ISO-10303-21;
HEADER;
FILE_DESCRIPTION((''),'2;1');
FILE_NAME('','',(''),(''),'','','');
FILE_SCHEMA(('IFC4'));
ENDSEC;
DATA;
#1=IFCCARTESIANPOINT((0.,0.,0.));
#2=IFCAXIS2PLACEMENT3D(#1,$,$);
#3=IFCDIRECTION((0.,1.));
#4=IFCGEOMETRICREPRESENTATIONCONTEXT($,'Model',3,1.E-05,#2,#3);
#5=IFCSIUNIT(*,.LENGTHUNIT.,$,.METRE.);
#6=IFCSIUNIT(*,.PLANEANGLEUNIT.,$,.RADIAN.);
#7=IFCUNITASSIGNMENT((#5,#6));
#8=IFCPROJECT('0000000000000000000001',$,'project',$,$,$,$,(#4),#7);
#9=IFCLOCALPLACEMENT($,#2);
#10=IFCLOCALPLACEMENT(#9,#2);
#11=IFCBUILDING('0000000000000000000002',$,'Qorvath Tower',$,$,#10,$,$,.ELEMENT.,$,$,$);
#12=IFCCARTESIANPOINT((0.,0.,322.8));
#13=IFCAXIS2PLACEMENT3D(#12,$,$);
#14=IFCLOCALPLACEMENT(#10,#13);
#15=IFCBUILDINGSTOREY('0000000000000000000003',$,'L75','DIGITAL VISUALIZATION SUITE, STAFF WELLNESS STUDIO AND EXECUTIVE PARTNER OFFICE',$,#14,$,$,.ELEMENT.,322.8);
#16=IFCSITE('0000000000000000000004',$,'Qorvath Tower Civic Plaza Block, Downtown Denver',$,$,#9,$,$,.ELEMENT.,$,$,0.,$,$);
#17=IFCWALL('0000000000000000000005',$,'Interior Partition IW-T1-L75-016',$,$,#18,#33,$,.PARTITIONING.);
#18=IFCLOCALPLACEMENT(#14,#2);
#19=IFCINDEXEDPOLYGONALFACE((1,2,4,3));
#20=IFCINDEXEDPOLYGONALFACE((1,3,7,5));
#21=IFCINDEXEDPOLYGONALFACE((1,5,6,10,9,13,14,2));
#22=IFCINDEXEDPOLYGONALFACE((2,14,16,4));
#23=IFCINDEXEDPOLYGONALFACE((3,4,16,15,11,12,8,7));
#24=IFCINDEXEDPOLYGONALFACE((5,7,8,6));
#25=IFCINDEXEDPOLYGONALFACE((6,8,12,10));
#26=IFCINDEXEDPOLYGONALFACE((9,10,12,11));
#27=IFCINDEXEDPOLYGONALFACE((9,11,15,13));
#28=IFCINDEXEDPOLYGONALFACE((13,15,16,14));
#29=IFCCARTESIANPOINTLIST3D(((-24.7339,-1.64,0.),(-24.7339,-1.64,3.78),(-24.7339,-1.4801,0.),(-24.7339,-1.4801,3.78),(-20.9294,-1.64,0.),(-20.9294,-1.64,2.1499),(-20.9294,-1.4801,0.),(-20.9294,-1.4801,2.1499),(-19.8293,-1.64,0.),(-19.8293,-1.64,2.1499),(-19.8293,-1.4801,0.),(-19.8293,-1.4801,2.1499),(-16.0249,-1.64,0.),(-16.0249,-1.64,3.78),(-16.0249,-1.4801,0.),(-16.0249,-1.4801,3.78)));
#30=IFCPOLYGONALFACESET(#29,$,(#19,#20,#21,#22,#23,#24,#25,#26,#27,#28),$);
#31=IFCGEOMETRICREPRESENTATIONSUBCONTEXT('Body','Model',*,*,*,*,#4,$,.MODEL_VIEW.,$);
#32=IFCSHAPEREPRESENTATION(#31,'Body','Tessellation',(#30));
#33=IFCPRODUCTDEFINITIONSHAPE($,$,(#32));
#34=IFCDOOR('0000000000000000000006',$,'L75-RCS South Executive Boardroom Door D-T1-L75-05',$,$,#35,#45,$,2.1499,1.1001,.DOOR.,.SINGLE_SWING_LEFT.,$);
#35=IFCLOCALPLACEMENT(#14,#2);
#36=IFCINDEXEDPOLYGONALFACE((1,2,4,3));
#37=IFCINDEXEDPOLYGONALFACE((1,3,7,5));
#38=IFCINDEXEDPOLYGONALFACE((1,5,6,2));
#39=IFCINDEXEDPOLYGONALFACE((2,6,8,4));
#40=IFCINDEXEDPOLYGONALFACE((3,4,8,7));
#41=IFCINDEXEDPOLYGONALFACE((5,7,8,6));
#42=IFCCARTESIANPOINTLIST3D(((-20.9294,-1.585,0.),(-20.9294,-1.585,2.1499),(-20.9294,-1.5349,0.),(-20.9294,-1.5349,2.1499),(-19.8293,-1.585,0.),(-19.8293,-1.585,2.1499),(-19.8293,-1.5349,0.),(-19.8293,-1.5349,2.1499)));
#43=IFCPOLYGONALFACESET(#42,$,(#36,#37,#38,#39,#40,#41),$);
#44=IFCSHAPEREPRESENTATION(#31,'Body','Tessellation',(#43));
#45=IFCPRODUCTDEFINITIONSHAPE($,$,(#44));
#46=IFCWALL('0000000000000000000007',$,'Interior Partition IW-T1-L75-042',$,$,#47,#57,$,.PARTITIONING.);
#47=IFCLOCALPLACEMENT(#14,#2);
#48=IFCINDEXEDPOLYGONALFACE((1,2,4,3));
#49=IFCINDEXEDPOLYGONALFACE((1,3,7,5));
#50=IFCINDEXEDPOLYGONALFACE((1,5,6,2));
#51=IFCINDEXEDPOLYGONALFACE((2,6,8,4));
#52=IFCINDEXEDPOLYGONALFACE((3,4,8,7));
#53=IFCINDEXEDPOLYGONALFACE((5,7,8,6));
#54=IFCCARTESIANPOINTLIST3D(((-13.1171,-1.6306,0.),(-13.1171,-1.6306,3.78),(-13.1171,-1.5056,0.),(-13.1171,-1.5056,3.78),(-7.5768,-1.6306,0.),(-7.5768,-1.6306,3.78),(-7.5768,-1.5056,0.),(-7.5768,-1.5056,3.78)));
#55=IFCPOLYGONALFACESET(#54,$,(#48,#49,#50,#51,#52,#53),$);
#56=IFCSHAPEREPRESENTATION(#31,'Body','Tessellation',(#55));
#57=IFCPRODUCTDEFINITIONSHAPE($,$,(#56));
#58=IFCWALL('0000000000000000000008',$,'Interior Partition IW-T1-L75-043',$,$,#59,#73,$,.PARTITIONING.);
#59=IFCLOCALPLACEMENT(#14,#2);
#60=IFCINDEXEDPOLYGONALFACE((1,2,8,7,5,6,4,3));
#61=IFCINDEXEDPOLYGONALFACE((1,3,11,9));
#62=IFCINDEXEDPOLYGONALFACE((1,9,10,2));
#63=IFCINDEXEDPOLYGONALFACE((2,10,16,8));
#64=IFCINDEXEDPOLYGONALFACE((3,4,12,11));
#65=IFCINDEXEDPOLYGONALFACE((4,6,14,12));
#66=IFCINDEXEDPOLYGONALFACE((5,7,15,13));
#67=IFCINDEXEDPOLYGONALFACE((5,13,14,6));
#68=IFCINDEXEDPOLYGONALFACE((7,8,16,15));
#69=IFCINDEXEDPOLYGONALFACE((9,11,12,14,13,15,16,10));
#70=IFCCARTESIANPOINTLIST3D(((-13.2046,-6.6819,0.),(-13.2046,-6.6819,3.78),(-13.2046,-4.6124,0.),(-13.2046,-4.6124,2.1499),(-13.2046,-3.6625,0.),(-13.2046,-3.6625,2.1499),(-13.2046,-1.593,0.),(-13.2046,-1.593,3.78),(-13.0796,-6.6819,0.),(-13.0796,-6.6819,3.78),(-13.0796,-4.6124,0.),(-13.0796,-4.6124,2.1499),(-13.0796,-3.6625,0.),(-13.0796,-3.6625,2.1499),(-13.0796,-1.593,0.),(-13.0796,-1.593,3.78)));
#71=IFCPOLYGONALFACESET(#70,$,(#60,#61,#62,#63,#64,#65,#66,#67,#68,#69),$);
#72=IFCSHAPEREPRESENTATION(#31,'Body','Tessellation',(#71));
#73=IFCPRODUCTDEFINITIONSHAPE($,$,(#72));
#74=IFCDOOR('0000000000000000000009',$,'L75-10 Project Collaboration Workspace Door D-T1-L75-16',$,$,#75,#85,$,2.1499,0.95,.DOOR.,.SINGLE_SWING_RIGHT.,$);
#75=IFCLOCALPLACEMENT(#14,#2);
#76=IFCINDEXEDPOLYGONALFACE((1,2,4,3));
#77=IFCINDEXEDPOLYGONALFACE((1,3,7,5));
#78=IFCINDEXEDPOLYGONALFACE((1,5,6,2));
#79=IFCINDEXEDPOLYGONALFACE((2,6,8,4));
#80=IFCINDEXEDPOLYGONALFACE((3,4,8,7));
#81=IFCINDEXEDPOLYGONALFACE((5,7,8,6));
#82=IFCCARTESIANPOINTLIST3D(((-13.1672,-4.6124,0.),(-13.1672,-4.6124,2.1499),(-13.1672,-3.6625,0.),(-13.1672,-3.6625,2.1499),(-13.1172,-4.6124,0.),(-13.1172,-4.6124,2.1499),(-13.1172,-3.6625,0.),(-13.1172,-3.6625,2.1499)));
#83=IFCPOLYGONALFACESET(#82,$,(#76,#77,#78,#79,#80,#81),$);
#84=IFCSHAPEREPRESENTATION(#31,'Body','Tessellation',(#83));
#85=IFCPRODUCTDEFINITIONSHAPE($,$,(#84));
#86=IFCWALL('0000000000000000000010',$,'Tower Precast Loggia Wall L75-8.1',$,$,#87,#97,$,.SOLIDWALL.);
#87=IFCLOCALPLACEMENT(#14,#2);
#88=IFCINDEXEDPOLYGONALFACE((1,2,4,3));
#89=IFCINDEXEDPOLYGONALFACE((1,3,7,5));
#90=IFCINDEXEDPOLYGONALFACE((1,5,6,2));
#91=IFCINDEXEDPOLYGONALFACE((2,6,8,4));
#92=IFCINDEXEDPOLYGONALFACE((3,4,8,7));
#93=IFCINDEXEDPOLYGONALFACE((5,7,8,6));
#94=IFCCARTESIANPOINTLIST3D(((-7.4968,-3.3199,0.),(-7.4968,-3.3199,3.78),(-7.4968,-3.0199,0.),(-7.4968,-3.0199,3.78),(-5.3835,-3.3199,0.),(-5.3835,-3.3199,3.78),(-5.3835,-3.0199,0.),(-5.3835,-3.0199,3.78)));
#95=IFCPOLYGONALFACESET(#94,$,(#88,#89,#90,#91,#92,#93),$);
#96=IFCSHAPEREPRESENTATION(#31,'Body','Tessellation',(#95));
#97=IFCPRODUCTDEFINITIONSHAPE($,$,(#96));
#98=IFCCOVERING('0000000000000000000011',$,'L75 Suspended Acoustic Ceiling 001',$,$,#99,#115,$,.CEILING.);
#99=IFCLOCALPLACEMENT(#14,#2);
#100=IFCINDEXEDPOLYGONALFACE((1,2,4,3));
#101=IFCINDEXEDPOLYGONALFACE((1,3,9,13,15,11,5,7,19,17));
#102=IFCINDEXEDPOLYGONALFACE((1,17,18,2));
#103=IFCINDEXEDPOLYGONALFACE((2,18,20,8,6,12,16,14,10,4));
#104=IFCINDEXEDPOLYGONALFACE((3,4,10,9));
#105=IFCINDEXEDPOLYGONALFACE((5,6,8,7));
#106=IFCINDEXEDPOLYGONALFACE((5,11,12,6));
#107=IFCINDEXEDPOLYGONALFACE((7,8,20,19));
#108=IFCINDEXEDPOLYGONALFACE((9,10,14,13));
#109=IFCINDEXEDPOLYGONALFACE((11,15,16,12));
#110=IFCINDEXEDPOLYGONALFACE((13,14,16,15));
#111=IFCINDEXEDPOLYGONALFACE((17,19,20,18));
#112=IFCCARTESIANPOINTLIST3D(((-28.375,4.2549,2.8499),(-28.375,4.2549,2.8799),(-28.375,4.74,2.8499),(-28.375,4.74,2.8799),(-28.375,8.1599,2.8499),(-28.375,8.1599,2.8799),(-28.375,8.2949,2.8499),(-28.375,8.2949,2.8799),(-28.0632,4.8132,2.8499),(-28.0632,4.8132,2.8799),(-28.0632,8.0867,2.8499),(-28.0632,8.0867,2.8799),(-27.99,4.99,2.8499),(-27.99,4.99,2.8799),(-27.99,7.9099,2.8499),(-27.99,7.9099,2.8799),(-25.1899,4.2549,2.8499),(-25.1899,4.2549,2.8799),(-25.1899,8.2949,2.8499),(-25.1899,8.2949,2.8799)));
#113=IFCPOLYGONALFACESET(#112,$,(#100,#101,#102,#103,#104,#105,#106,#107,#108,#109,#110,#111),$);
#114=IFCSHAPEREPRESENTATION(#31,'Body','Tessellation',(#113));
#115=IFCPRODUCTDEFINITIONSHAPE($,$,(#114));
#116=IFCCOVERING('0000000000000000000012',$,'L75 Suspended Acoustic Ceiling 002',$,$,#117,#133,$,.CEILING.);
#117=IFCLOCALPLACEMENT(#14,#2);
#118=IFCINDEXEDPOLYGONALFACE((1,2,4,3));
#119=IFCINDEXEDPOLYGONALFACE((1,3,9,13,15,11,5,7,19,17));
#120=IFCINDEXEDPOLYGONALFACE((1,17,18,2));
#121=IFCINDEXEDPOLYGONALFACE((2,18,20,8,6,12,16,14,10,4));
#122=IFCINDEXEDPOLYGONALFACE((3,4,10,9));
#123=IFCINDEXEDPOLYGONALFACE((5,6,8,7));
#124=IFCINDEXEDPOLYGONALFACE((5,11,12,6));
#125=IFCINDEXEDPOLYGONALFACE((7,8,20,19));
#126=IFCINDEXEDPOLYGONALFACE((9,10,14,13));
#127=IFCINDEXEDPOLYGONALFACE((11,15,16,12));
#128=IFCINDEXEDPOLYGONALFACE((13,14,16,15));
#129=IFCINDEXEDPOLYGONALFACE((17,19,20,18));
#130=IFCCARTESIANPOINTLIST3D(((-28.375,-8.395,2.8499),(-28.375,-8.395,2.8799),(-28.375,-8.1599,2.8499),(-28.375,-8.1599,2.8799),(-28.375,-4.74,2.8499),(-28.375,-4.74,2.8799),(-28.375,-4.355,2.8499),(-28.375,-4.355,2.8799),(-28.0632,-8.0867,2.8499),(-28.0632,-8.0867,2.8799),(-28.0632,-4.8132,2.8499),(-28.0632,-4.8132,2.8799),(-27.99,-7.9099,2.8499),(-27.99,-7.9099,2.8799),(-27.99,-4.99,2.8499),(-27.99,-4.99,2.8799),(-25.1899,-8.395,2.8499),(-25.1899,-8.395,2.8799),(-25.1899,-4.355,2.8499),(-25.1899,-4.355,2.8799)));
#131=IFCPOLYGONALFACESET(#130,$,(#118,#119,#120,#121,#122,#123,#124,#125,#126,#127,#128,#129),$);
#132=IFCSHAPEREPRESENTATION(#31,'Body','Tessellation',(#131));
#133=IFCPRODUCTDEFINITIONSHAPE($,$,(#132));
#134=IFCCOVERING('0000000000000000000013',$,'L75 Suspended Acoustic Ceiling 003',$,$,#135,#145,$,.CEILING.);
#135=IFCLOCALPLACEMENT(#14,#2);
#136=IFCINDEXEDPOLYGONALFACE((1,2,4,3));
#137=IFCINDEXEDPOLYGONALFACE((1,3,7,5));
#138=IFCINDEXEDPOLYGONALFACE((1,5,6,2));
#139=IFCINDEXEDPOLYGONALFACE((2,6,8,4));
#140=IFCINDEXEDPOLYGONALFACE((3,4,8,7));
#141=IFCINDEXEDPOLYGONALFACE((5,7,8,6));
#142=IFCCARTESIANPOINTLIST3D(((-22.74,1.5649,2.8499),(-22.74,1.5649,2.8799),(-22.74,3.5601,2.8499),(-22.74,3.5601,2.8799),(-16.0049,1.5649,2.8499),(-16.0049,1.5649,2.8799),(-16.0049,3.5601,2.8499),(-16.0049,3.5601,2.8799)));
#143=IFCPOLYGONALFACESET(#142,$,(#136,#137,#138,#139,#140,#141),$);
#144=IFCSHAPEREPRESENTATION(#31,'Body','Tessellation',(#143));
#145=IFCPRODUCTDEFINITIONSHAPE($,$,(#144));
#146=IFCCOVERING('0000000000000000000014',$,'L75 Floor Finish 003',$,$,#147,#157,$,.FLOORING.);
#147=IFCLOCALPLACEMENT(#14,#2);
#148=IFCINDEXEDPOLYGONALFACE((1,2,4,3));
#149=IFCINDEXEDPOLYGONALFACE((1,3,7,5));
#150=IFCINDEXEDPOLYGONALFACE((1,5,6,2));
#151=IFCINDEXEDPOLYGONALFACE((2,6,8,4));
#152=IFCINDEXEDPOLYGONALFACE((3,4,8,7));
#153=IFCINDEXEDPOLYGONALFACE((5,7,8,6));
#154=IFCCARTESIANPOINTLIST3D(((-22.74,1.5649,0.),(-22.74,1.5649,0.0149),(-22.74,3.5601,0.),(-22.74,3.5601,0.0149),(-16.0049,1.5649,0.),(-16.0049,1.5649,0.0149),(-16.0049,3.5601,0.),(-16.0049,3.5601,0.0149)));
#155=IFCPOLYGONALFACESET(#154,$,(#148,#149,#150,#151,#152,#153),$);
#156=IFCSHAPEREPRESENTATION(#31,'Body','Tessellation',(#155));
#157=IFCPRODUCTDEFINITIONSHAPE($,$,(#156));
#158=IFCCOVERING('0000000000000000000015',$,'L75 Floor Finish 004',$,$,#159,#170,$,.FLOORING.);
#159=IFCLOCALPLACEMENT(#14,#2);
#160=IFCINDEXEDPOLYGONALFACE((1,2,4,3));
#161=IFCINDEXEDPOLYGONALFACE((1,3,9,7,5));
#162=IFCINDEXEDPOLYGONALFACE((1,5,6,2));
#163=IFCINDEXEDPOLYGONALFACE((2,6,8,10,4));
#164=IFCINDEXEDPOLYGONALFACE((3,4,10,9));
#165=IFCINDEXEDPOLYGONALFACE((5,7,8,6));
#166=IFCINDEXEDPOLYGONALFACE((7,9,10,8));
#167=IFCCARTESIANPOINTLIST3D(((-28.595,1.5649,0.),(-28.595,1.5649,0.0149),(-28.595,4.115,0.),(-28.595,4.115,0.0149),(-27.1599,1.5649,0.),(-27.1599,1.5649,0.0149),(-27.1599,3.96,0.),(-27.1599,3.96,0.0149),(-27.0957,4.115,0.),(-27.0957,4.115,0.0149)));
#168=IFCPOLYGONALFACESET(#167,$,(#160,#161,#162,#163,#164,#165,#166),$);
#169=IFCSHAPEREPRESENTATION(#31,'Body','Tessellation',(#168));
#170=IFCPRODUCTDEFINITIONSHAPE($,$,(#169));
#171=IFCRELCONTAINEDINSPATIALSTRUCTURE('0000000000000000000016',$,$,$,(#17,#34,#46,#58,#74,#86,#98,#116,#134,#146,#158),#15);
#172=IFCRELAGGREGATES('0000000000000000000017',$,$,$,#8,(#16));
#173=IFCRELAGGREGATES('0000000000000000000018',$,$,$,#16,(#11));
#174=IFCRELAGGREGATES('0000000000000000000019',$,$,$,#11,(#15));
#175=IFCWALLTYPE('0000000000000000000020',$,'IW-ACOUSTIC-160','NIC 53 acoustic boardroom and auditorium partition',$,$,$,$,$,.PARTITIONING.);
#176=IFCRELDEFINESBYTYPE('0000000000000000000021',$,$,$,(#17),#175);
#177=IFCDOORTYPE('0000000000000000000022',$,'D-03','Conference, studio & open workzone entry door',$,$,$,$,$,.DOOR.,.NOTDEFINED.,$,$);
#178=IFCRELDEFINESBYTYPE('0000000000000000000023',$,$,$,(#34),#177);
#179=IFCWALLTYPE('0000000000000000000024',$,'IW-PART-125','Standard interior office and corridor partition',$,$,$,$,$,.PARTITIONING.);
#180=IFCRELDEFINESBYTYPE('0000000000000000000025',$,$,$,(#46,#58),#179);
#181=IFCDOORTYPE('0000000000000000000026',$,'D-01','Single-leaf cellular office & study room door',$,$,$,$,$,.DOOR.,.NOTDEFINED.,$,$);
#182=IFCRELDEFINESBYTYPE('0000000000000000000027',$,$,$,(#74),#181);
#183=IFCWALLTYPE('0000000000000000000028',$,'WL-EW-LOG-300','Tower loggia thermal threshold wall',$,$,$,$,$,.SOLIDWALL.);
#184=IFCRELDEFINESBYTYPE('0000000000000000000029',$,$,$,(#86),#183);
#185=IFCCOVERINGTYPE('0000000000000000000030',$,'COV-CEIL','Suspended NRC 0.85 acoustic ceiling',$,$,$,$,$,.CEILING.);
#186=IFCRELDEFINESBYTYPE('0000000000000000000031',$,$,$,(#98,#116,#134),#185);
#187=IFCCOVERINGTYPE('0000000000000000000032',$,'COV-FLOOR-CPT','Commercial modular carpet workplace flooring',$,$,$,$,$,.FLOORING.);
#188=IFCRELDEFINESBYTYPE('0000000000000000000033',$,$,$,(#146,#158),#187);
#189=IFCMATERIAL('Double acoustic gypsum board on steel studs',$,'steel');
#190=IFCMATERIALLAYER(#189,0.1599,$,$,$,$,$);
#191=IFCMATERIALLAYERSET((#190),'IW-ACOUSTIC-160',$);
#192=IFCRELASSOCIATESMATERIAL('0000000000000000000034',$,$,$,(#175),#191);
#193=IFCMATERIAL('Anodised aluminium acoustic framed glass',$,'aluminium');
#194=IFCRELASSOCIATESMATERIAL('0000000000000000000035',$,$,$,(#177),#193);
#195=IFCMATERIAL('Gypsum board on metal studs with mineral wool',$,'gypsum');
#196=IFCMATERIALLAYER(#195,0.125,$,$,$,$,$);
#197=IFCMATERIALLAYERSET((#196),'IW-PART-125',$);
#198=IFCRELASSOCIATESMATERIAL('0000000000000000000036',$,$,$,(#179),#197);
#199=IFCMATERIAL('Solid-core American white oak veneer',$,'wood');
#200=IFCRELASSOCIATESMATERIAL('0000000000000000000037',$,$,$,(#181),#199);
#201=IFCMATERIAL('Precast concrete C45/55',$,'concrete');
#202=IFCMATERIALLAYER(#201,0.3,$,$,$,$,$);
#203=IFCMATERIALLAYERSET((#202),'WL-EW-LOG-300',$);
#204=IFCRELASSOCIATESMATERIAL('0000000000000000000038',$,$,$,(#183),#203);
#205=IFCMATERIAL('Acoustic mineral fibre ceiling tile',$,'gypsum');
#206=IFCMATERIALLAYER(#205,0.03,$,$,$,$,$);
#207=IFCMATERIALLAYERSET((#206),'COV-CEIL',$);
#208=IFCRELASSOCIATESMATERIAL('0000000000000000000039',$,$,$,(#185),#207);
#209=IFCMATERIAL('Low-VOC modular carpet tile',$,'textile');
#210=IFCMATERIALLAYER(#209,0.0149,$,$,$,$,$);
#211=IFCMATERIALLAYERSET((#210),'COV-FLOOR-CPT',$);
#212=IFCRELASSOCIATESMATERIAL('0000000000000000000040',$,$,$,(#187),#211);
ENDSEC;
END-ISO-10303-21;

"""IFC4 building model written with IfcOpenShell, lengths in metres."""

from ifc_helpers import new_model, si_unit, direction, frame, frame_2d, origin, place, context, subcontext, project, spatial, polyline, rectangle, outline, extrude, material, layer, layer_set, type_object, element, fill, save


model = new_model("IFC4")

# Units and contexts
model_context = context("Model", 3, precision=1e-05, world=origin(), true_north=direction((0.0, 1.0)))
body_context = subcontext(model_context, "Body", "Model", "MODEL_VIEW")
ifc_project = project(units=[si_unit("LENGTHUNIT", "METRE"), si_unit("PLANEANGLEUNIT", "RADIAN")], contexts=[model_context])

# Site, building, storey
site_placement = place(None, origin())
site = spatial("IfcSite", under=ifc_project, at=site_placement, Name="Qorvath Tower Civic Plaza Block, Downtown Denver", CompositionType="ELEMENT", RefElevation=0.0)
building_placement = place(site_placement, origin())
building = spatial("IfcBuilding", under=site, at=building_placement, Name="Qorvath Tower", CompositionType="ELEMENT")
storey_placement = place(building_placement, frame((0.0, 0.0, 322.8)))
storey = spatial("IfcBuildingStorey", under=building, at=storey_placement, Name="L75", Description="DIGITAL VISUALIZATION SUITE, STAFF WELLNESS STUDIO AND EXECUTIVE PARTNER OFFICE", CompositionType="ELEMENT", Elevation=322.8)

# Wall, opening, door
ifc_material_1 = material(Name="Double acoustic gypsum board on steel studs", Category="steel")
ifc_layer_1 = layer(ifc_material_1, 0.1599)
ifc_layer_set_1 = layer_set([ifc_layer_1], Name="IW-ACOUSTIC-160")
wall_type_1 = type_object("IfcWallType", Name="IW-ACOUSTIC-160", Description="NIC 53 acoustic boardroom and auditorium partition", PredefinedType="PARTITIONING", material=ifc_layer_set_1)
wall_1_placement = place(storey_placement, frame((-16.0249, -1.5601, 0.0), z_axis=(0.0, 0.0, 1.0), x_axis=(-1.0, 0.0, 0.0)))
wall_1 = element("IfcWall", 1, at=wall_1_placement, inside=storey, type_object=wall_type_1, Name="Interior Partition IW-T1-L75-016", PredefinedType="PARTITIONING", context=body_context, shape_type="SweptSolid", body=[
    extrude(rectangle(XDim=8.709, YDim=0.1599, at=frame_2d((4.3545, 0.0))), origin(), (0.0, 0.0, 1.0), 3.78),
])
opening_1_placement = place(wall_1_placement, frame((3.8044, 0.0, 0.0)))
opening_1 = element("IfcOpeningElement", 2, at=opening_1_placement, cuts=wall_1, PredefinedType="OPENING", context=body_context, shape_type="SweptSolid", body=[
    extrude(rectangle(XDim=1.1001, YDim=2.1499, at=frame_2d((0.55, 1.075))), frame((0.0, 0.0898, 0.0), z_axis=(0.0, -1.0, 0.0), x_axis=(1.0, 0.0, 0.0)), (0.0, 0.0, 1.0), 0.1799),
])
ifc_material_2 = material(Name="Anodised aluminium acoustic framed glass", Category="aluminium")
door_type_1 = type_object("IfcDoorType", Name="D-03", Description="Conference, studio & open workzone entry door", OperationType="NOTDEFINED", PredefinedType="DOOR", material=ifc_material_2)
door_1_placement = place(opening_1_placement, origin())
door_1 = element("IfcDoor", 3, at=door_1_placement, inside=storey, type_object=door_type_1, Name="L75-RCS South Executive Boardroom Door D-T1-L75-05", OperationType="SINGLE_SWING_LEFT", OverallHeight=2.1499, OverallWidth=1.1001, PredefinedType="DOOR", context=body_context, shape_type="SweptSolid", body=[
    extrude(rectangle(XDim=1.1001, YDim=2.1499, at=frame_2d((0.55, 1.075))), frame((0.0, 0.0249, 0.0), z_axis=(0.0, -1.0, 0.0), x_axis=(1.0, 0.0, 0.0)), (0.0, 0.0, 1.0), 0.05),
])
fill(opening_1, door_1)

# Wall
ifc_material_3 = material(Name="Gypsum board on metal studs with mineral wool", Category="gypsum")
ifc_layer_2 = layer(ifc_material_3, 0.125)
ifc_layer_set_2 = layer_set([ifc_layer_2], Name="IW-PART-125")
wall_type_2 = type_object("IfcWallType", Name="IW-PART-125", Description="Standard interior office and corridor partition", PredefinedType="PARTITIONING", material=ifc_layer_set_2)
wall_2_placement = place(storey_placement, frame((-7.5769, -1.5681, 0.0), z_axis=(0.0, 0.0, 1.0), x_axis=(-1.0, 0.0, 0.0)))
element("IfcWall", 4, at=wall_2_placement, inside=storey, type_object=wall_type_2, Name="Interior Partition IW-T1-L75-042", PredefinedType="PARTITIONING", context=body_context, shape_type="SweptSolid", body=[
    extrude(rectangle(XDim=5.5403, YDim=0.125, at=frame_2d((2.77, 0.0))), origin(), (0.0, 0.0, 1.0), 3.78),
])

# Wall, opening, door
wall_3_placement = place(storey_placement, frame((-13.1421, -1.593, 0.0), z_axis=(0.0, 0.0, 1.0), x_axis=(0.0, -1.0, 0.0)))
wall_3 = element("IfcWall", 5, at=wall_3_placement, inside=storey, type_object=wall_type_2, Name="Interior Partition IW-T1-L75-043", PredefinedType="PARTITIONING", context=body_context, shape_type="SweptSolid", body=[
    extrude(rectangle(XDim=5.0889, YDim=0.125, at=frame_2d((2.5444, 0.0))), origin(), (0.0, 0.0, 1.0), 3.78),
])
opening_2_placement = place(wall_3_placement, frame((2.0693, 0.0, 0.0)))
opening_2 = element("IfcOpeningElement", 6, at=opening_2_placement, cuts=wall_3, PredefinedType="OPENING", context=body_context, shape_type="SweptSolid", body=[
    extrude(rectangle(XDim=0.95, YDim=2.1499, at=frame_2d((0.4751, 1.075))), frame((0.0, 0.0725, 0.0), z_axis=(0.0, -1.0, 0.0), x_axis=(1.0, 0.0, 0.0)), (0.0, 0.0, 1.0), 0.145),
])
ifc_material_4 = material(Name="Solid-core American white oak veneer", Category="wood")
door_type_2 = type_object("IfcDoorType", Name="D-01", Description="Single-leaf cellular office & study room door", OperationType="NOTDEFINED", PredefinedType="DOOR", material=ifc_material_4)
door_2_placement = place(opening_2_placement, origin())
door_2 = element("IfcDoor", 7, at=door_2_placement, inside=storey, type_object=door_type_2, Name="L75-10 Project Collaboration Workspace Door D-T1-L75-16", OperationType="SINGLE_SWING_RIGHT", OverallHeight=2.1499, OverallWidth=0.95, PredefinedType="DOOR", context=body_context, shape_type="SweptSolid", body=[
    extrude(rectangle(XDim=0.95, YDim=2.1499, at=frame_2d((0.4751, 1.075))), frame((0.0, 0.0249, 0.0), z_axis=(0.0, -1.0, 0.0), x_axis=(1.0, 0.0, 0.0)), (0.0, 0.0, 1.0), 0.05),
])
fill(opening_2, door_2)

# Wall
ifc_material_5 = material(Name="Precast concrete C45/55", Category="concrete")
ifc_layer_3 = layer(ifc_material_5, 0.3)
ifc_layer_set_3 = layer_set([ifc_layer_3], Name="WL-EW-LOG-300")
wall_type_3 = type_object("IfcWallType", Name="WL-EW-LOG-300", Description="Tower loggia thermal threshold wall", PredefinedType="SOLIDWALL", material=ifc_layer_set_3)
wall_4_placement = place(storey_placement, frame((-5.3835, -3.1699, 0.0), z_axis=(0.0, 0.0, 1.0), x_axis=(-1.0, 0.0, 0.0)))
element("IfcWall", 8, at=wall_4_placement, inside=storey, type_object=wall_type_3, Name="Tower Precast Loggia Wall L75-8.1", PredefinedType="SOLIDWALL", context=body_context, shape_type="SweptSolid", body=[
    extrude(rectangle(XDim=2.1133, YDim=0.3, at=frame_2d((1.0566, 0.0))), origin(), (0.0, 0.0, 1.0), 3.78),
])

# Coverings
ifc_material_6 = material(Name="Acoustic mineral fibre ceiling tile", Category="gypsum")
ifc_layer_4 = layer(ifc_material_6, 0.03)
ifc_layer_set_4 = layer_set([ifc_layer_4], Name="COV-CEIL")
covering_type_1 = type_object("IfcCoveringType", Name="COV-CEIL", Description="Suspended NRC 0.85 acoustic ceiling", PredefinedType="CEILING", material=ifc_layer_set_4)
covering_1_placement = place(storey_placement, frame((0.0, 0.0, 2.8499)))
element("IfcCovering", 9, at=covering_1_placement, inside=storey, type_object=covering_type_1, Name="L75 Suspended Acoustic Ceiling 001", PredefinedType="CEILING", context=body_context, shape_type="SweptSolid", body=[
    extrude(outline(polyline([(-25.1899, 4.2549), (-25.1899, 8.2949), (-28.375, 8.2949), (-28.375, 8.1599), (-28.0632, 8.0867), (-27.99, 7.9099), (-27.99, 4.99), (-28.0632, 4.8132), (-28.375, 4.74), (-28.375, 4.2549), (-25.1899, 4.2549)])), origin(), (0.0, 0.0, 1.0), 0.03),
])
covering_2_placement = place(storey_placement, frame((0.0, 0.0, 2.8499)))
element("IfcCovering", 10, at=covering_2_placement, inside=storey, type_object=covering_type_1, Name="L75 Suspended Acoustic Ceiling 002", PredefinedType="CEILING", context=body_context, shape_type="SweptSolid", body=[
    extrude(outline(polyline([(-25.1899, -8.395), (-25.1899, -4.355), (-28.375, -4.355), (-28.375, -4.74), (-28.0632, -4.8132), (-27.99, -4.99), (-27.99, -7.9099), (-28.0632, -8.0867), (-28.375, -8.1599), (-28.375, -8.395), (-25.1899, -8.395)])), origin(), (0.0, 0.0, 1.0), 0.03),
])
covering_3_placement = place(storey_placement, frame((0.0, 0.0, 2.8499)))
element("IfcCovering", 11, at=covering_3_placement, inside=storey, type_object=covering_type_1, Name="L75 Suspended Acoustic Ceiling 003", PredefinedType="CEILING", context=body_context, shape_type="SweptSolid", body=[
    extrude(outline(polyline([(-16.0049, 3.5601), (-22.74, 3.5601), (-22.74, 1.5649), (-16.0049, 1.5649), (-16.0049, 3.5601)])), origin(), (0.0, 0.0, 1.0), 0.03),
])
ifc_material_7 = material(Name="Low-VOC modular carpet tile", Category="textile")
ifc_layer_5 = layer(ifc_material_7, 0.0149)
ifc_layer_set_5 = layer_set([ifc_layer_5], Name="COV-FLOOR-CPT")
covering_type_2 = type_object("IfcCoveringType", Name="COV-FLOOR-CPT", Description="Commercial modular carpet workplace flooring", PredefinedType="FLOORING", material=ifc_layer_set_5)
covering_4_placement = place(storey_placement, origin())
element("IfcCovering", 12, at=covering_4_placement, inside=storey, type_object=covering_type_2, Name="L75 Floor Finish 003", PredefinedType="FLOORING", context=body_context, shape_type="SweptSolid", body=[
    extrude(outline(polyline([(-16.0049, 3.5601), (-22.74, 3.5601), (-22.74, 1.5649), (-16.0049, 1.5649), (-16.0049, 3.5601)])), origin(), (0.0, 0.0, 1.0), 0.0149),
])
covering_5_placement = place(storey_placement, origin())
element("IfcCovering", 13, at=covering_5_placement, inside=storey, type_object=covering_type_2, Name="L75 Floor Finish 004", PredefinedType="FLOORING", context=body_context, shape_type="SweptSolid", body=[
    extrude(outline(polyline([(-27.1599, 1.5649), (-27.1599, 3.96), (-27.0957, 4.115), (-28.595, 4.115), (-28.595, 1.5649), (-27.1599, 1.5649)])), origin(), (0.0, 0.0, 1.0), 0.0149),
])

save(model, "model.ifc")
